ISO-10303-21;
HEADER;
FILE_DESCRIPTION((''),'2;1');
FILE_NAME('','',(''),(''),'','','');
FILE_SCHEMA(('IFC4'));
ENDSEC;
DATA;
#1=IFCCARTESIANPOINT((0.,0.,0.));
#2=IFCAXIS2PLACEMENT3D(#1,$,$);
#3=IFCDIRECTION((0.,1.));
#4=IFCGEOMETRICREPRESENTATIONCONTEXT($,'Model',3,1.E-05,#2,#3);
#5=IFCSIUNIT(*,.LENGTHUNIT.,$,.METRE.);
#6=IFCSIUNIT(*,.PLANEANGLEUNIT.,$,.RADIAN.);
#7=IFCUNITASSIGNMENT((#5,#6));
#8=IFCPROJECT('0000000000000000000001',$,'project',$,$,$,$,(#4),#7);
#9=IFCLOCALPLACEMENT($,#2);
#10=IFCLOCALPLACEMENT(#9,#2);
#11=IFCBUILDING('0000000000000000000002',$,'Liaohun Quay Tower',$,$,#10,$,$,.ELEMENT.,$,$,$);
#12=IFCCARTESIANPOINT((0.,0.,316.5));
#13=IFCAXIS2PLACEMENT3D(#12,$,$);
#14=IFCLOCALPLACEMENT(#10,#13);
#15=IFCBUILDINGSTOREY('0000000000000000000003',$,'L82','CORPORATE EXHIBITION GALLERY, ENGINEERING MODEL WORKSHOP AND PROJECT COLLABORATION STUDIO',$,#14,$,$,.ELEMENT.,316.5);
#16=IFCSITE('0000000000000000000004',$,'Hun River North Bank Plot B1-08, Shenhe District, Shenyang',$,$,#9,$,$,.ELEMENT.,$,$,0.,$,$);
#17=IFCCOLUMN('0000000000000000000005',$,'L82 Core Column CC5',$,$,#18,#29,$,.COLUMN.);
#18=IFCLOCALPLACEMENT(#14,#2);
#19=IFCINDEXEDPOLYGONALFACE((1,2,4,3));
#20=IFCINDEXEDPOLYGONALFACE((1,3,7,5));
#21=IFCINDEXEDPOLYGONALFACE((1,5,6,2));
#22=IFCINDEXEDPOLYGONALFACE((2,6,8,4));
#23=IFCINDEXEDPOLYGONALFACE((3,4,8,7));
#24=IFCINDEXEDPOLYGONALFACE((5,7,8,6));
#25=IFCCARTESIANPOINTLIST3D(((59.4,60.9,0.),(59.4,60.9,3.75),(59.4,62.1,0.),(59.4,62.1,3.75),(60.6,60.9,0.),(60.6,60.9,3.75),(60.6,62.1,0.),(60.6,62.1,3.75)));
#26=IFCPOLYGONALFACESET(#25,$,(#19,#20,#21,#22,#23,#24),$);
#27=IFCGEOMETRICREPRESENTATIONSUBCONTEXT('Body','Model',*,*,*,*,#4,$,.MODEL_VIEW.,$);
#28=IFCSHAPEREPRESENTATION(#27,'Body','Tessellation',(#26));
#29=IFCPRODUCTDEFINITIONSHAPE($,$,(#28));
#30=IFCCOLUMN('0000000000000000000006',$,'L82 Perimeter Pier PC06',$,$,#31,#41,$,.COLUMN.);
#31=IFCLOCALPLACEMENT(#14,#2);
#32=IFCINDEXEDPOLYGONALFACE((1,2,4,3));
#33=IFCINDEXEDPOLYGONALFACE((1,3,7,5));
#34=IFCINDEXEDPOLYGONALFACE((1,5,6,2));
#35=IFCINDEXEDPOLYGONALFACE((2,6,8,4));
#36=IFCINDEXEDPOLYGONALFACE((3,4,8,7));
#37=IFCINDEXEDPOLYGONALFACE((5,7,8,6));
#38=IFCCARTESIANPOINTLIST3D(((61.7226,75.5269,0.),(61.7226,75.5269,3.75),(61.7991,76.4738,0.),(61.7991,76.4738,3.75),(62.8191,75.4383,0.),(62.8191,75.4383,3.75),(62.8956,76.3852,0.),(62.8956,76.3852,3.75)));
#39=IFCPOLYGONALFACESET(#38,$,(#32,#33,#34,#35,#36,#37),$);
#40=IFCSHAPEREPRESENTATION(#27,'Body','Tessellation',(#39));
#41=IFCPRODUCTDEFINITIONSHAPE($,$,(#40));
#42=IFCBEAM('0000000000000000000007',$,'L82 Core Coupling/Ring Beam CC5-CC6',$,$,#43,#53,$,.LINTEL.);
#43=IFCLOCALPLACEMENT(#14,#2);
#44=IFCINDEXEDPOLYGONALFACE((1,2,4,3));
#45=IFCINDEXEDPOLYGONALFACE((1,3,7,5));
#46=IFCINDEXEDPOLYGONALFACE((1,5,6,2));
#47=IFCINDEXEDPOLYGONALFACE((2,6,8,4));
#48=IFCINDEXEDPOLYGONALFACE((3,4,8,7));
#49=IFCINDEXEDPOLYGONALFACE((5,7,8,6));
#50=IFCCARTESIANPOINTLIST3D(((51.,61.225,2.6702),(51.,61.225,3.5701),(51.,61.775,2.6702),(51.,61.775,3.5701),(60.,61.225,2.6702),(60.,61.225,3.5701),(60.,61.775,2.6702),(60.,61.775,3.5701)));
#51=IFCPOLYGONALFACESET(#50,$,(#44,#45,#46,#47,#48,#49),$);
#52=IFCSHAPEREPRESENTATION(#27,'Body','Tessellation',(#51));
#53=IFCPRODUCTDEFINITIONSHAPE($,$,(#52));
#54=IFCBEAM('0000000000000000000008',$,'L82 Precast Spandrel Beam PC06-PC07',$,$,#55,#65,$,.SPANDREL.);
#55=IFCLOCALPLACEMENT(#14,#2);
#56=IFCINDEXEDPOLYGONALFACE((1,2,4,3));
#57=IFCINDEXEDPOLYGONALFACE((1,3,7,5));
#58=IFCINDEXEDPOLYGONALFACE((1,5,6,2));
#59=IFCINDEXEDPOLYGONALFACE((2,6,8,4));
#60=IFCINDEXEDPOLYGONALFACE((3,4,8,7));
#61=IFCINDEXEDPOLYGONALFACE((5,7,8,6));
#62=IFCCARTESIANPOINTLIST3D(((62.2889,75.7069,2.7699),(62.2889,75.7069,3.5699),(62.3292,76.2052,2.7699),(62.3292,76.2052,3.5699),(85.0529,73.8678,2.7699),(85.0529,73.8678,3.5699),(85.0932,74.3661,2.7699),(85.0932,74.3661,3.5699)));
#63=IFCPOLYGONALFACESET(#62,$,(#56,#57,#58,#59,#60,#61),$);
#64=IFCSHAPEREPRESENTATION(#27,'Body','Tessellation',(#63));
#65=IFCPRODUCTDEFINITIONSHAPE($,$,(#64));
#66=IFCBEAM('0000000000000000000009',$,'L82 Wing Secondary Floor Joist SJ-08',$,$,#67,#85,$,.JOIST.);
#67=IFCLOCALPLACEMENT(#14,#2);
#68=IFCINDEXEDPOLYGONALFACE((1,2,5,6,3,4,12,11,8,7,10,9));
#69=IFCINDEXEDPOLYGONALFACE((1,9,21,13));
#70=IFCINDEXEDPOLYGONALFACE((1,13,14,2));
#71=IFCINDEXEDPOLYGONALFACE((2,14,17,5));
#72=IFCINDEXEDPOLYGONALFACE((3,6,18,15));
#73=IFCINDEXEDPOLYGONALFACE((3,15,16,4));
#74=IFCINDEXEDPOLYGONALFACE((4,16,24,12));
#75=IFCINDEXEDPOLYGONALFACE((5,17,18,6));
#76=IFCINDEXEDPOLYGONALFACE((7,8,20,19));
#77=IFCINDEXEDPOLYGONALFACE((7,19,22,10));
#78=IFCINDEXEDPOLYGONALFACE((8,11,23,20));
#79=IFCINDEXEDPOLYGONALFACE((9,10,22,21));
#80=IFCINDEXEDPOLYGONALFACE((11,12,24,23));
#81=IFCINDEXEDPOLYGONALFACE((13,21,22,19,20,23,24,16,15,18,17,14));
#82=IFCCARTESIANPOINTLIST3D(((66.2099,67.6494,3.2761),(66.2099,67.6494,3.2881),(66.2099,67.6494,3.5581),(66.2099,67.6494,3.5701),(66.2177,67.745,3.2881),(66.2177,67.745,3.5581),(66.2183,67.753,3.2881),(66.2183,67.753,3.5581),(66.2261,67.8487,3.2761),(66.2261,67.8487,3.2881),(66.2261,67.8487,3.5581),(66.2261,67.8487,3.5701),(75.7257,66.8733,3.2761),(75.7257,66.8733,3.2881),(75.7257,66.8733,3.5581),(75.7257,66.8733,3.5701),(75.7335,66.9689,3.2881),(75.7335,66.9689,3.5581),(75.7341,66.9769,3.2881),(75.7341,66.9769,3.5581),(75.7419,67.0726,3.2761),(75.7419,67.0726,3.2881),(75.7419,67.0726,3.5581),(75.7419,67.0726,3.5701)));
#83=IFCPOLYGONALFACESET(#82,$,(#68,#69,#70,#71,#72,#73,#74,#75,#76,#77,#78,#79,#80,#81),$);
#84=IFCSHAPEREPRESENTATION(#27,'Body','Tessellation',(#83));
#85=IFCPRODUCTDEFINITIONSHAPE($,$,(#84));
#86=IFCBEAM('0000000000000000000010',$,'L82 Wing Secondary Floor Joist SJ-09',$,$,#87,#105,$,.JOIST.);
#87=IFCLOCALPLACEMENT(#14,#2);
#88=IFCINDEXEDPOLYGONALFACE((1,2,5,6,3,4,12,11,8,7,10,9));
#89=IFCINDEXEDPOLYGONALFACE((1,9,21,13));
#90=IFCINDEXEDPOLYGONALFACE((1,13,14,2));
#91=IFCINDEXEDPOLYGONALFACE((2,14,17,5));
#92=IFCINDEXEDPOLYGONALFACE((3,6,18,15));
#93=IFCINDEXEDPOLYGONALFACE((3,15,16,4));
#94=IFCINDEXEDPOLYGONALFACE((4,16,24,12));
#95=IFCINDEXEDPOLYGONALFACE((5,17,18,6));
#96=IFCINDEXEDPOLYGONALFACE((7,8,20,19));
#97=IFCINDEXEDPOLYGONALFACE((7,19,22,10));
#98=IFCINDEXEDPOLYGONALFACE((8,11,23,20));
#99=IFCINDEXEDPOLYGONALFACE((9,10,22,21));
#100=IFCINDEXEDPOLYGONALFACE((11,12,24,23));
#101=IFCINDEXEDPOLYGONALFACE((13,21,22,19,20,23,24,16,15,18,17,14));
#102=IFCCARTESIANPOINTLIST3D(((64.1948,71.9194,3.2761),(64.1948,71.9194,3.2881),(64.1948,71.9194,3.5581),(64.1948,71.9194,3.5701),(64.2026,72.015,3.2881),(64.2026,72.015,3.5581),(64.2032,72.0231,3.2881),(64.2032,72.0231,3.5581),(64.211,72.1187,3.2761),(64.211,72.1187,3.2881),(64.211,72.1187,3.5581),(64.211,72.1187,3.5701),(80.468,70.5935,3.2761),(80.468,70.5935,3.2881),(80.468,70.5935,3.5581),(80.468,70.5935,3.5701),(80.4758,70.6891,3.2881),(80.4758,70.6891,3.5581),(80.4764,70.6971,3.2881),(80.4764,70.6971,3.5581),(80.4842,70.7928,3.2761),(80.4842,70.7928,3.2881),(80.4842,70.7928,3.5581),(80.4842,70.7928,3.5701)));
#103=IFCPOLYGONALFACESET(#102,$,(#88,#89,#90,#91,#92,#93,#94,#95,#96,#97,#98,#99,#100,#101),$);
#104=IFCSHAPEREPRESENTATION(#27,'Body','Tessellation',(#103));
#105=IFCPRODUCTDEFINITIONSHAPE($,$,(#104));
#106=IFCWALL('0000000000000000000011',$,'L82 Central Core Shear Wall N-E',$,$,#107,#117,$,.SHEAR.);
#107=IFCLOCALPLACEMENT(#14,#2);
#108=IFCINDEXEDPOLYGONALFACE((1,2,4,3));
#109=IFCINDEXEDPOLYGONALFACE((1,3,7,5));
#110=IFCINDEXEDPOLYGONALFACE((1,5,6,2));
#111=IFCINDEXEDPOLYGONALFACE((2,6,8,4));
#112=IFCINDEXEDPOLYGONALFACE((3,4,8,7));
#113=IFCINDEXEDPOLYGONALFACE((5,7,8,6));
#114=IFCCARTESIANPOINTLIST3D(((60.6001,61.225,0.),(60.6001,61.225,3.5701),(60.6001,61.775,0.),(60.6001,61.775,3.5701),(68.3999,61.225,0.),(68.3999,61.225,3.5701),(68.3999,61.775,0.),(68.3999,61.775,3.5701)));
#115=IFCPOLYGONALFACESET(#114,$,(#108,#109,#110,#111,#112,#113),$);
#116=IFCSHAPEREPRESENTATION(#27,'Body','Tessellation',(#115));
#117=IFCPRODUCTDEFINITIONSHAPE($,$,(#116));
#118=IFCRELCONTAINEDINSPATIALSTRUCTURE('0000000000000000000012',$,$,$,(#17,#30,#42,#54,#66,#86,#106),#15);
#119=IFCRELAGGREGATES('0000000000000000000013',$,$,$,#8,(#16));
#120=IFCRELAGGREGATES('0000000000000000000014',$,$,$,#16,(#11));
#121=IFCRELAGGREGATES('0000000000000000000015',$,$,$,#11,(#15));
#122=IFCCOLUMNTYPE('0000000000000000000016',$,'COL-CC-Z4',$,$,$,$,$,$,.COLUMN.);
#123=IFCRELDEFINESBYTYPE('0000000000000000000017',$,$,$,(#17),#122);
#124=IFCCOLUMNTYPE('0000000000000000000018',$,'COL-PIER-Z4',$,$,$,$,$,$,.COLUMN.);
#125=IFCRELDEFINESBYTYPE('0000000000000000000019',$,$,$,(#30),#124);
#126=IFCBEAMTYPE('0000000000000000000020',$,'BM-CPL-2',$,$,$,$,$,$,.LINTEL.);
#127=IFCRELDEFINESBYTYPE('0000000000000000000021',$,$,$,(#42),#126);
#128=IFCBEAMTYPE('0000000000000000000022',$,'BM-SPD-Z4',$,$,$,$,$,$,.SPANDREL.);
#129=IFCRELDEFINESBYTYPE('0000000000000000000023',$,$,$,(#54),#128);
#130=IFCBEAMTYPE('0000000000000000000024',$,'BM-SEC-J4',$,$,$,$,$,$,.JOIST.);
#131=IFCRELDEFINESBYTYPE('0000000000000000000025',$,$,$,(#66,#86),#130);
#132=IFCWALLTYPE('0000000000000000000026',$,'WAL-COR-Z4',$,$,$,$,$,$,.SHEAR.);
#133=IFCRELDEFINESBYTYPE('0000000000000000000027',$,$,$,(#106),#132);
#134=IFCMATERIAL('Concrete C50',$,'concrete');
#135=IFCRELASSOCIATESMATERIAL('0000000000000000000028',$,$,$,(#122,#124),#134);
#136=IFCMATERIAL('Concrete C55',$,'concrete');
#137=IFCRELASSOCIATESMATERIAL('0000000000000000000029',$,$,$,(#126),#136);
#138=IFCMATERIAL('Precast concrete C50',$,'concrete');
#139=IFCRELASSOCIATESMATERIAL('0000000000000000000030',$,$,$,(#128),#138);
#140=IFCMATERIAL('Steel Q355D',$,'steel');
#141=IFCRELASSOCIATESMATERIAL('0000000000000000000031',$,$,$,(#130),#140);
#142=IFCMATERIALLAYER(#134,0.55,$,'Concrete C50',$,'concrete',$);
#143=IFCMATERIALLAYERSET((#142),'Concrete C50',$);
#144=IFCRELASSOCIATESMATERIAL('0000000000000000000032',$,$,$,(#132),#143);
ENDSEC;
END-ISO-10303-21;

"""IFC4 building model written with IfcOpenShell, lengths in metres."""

from ifc_helpers import new_model, si_unit, direction, frame, frame_2d, origin, origin_2d, place, context, subcontext, project, spatial, rectangle, i_section, extrude, source, transform, mapped, material, layer, layer_set, material_profile, profile_set, type_object, element, save


model = new_model("IFC4")

# Units and contexts
model_context = context("Model", 3, precision=1e-05, world=origin(), true_north=direction((0.0, 1.0)))
body_context = subcontext(model_context, "Body", "Model", "MODEL_VIEW")
ifc_project = project(units=[si_unit("LENGTHUNIT", "METRE"), si_unit("PLANEANGLEUNIT", "RADIAN")], contexts=[model_context])

# Site, building, storey
site_placement = place(None, origin())
site = spatial("IfcSite", under=ifc_project, at=site_placement, Name="Hun River North Bank Plot B1-08, Shenhe District, Shenyang", CompositionType="ELEMENT", RefElevation=0.0)
building_placement = place(site_placement, origin())
building = spatial("IfcBuilding", under=site, at=building_placement, Name="Liaohun Quay Tower", CompositionType="ELEMENT")
storey_placement = place(building_placement, frame((0.0, 0.0, 316.5)))
storey = spatial("IfcBuildingStorey", under=building, at=storey_placement, Name="L82", Description="CORPORATE EXHIBITION GALLERY, ENGINEERING MODEL WORKSHOP AND PROJECT COLLABORATION STUDIO", CompositionType="ELEMENT", Elevation=316.5)

# Columns
ifc_material_1 = material(Name="Concrete C50", Category="concrete")
ifc_material_profile_1 = material_profile(ifc_material_1, rectangle(XDim=1.2, YDim=1.2, at=origin_2d()), Name="RC1200x1200")
ifc_profile_set_1 = profile_set([ifc_material_profile_1], Name="Concrete C50")
column_type_1 = type_object("IfcColumnType", Name="COL-CC-Z4", PredefinedType="COLUMN", material=ifc_profile_set_1)
shared_shape_1 = source(origin(), body_context, "Body", "SweptSolid", [
    extrude(rectangle(XDim=1.2, YDim=1.2, at=origin_2d()), origin(), (0.0, 0.0, 1.0), 3.75),
])
column_1_placement = place(storey_placement, frame((60.0, 61.5, 0.0), z_axis=(0.0, 0.0, 1.0), x_axis=(1.0, 0.0, 0.0)))
element("IfcColumn", 1, at=column_1_placement, inside=storey, type_object=column_type_1, Name="L82 Core Column CC5", PredefinedType="COLUMN", context=body_context, shape_type="MappedRepresentation", body=[
    mapped(shared_shape_1, transform((0.0, 0.0, 0.0), x_axis=(1.0, 0.0, 0.0), y_axis=(0.0, 1.0, 0.0), z_axis=(0.0, 0.0, 1.0), scale=1.0)),
])
ifc_material_profile_2 = material_profile(ifc_material_1, rectangle(XDim=1.1001, YDim=0.95, at=origin_2d()), Name="RC1100x950")
ifc_profile_set_2 = profile_set([ifc_material_profile_2], Name="Concrete C50")
column_type_2 = type_object("IfcColumnType", Name="COL-PIER-Z4", PredefinedType="COLUMN", material=ifc_profile_set_2)
shared_shape_2 = source(origin(), body_context, "Body", "SweptSolid", [
    extrude(rectangle(XDim=1.1001, YDim=0.95, at=origin_2d()), origin(), (0.0, 0.0, 1.0), 3.75),
])
column_2_placement = place(storey_placement, frame((62.3091, 75.9561, 0.0), z_axis=(0.0, 0.0, 1.0), x_axis=(-0.996751, 0.080547, 0.0)))
element("IfcColumn", 2, at=column_2_placement, inside=storey, type_object=column_type_2, Name="L82 Perimeter Pier PC06", PredefinedType="COLUMN", context=body_context, shape_type="MappedRepresentation", body=[
    mapped(shared_shape_2, transform((0.0, 0.0, 0.0), x_axis=(1.0, 0.0, 0.0), y_axis=(0.0, 1.0, 0.0), z_axis=(0.0, 0.0, 1.0), scale=1.0)),
])

# Beams
ifc_material_2 = material(Name="Concrete C55", Category="concrete")
ifc_material_profile_3 = material_profile(ifc_material_2, rectangle(XDim=0.55, YDim=0.8999, at=origin_2d()), Name="RC550x900")
ifc_profile_set_3 = profile_set([ifc_material_profile_3], Name="Concrete C55")
beam_type_1 = type_object("IfcBeamType", Name="BM-CPL-2", PredefinedType="LINTEL", material=ifc_profile_set_3)
shared_shape_3 = source(origin(), body_context, "Body", "SweptSolid", [
    extrude(rectangle(XDim=0.55, YDim=0.8999, at=origin_2d()), origin(), (0.0, 0.0, 1.0), 9.0),
])
beam_1_placement = place(storey_placement, frame((60.0, 61.5, 3.1201), z_axis=(-1.0, 0.0, 0.0), x_axis=(0.0, -1.0, 0.0)))
element("IfcBeam", 3, at=beam_1_placement, inside=storey, type_object=beam_type_1, Name="L82 Core Coupling/Ring Beam CC5-CC6", PredefinedType="LINTEL", context=body_context, shape_type="MappedRepresentation", body=[
    mapped(shared_shape_3, transform((0.0, 0.0, 0.0), x_axis=(1.0, 0.0, 0.0), y_axis=(0.0, 1.0, 0.0), z_axis=(0.0, 0.0, 1.0), scale=1.0)),
])
ifc_material_3 = material(Name="Precast concrete C50", Category="concrete")
ifc_material_profile_4 = material_profile(ifc_material_3, rectangle(XDim=0.5, YDim=0.8, at=origin_2d()), Name="RC500x800")
ifc_profile_set_4 = profile_set([ifc_material_profile_4], Name="Precast concrete C50")
beam_type_2 = type_object("IfcBeamType", Name="BM-SPD-Z4", PredefinedType="SPANDREL", material=ifc_profile_set_4)
shared_shape_4 = source(origin(), body_context, "Body", "SweptSolid", [
    extrude(rectangle(XDim=0.5, YDim=0.8, at=origin_2d()), origin(), (0.0, 0.0, 1.0), 22.8381),
])
beam_2_placement = place(storey_placement, frame((62.3091, 75.9561, 3.1699), z_axis=(0.996752, -0.080528, 0.0), x_axis=(0.080528, 0.996752, 0.0)))
element("IfcBeam", 4, at=beam_2_placement, inside=storey, type_object=beam_type_2, Name="L82 Precast Spandrel Beam PC06-PC07", PredefinedType="SPANDREL", context=body_context, shape_type="MappedRepresentation", body=[
    mapped(shared_shape_4, transform((0.0, 0.0, 0.0), x_axis=(1.0, 0.0, 0.0), y_axis=(0.0, 1.0, 0.0), z_axis=(0.0, 0.0, 1.0), scale=1.0)),
])
ifc_material_4 = material(Name="Steel Q355D", Category="steel")
ifc_material_profile_5 = material_profile(ifc_material_4, i_section(OverallWidth=0.2, OverallDepth=0.2939, WebThickness=0.0081, FlangeThickness=0.012, at=origin_2d()), Name="HM294x200x8x12")
ifc_profile_set_5 = profile_set([ifc_material_profile_5], Name="Steel Q355D")
beam_type_3 = type_object("IfcBeamType", Name="BM-SEC-J4", PredefinedType="JOIST", material=ifc_profile_set_5)
shared_shape_5 = source(origin(), body_context, "Body", "SweptSolid", [
    extrude(i_section(OverallWidth=0.2, OverallDepth=0.2939, WebThickness=0.0081, FlangeThickness=0.012, at=origin_2d()), origin(), (0.0, 0.0, 1.0), 9.5474),
])
beam_3_placement = place(storey_placement, frame((66.218, 67.749, 3.4231), z_axis=(0.99669, -0.081291, 0.0), x_axis=(0.081291, 0.99669, 0.0)))
element("IfcBeam", 5, at=beam_3_placement, inside=storey, type_object=beam_type_3, Name="L82 Wing Secondary Floor Joist SJ-08", PredefinedType="JOIST", context=body_context, shape_type="MappedRepresentation", body=[
    mapped(shared_shape_5, transform((0.0, 0.0, 0.0), x_axis=(1.0, 0.0, 0.0), y_axis=(0.0, 1.0, 0.0), z_axis=(0.0, 0.0, 1.0), scale=1.0)),
])
shared_shape_6 = source(origin(), body_context, "Body", "SweptSolid", [
    extrude(i_section(OverallWidth=0.2, OverallDepth=0.2939, WebThickness=0.0081, FlangeThickness=0.012, at=origin_2d()), origin(), (0.0, 0.0, 1.0), 16.3271),
])
beam_4_placement = place(storey_placement, frame((64.2029, 72.019, 3.4231), z_axis=(0.996697, -0.08121, 0.0), x_axis=(0.08121, 0.996697, 0.0)))
element("IfcBeam", 6, at=beam_4_placement, inside=storey, type_object=beam_type_3, Name="L82 Wing Secondary Floor Joist SJ-09", PredefinedType="JOIST", context=body_context, shape_type="MappedRepresentation", body=[
    mapped(shared_shape_6, transform((0.0, 0.0, 0.0), x_axis=(1.0, 0.0, 0.0), y_axis=(0.0, 1.0, 0.0), z_axis=(0.0, 0.0, 1.0), scale=1.0)),
])

# Wall
ifc_layer_1 = layer(ifc_material_1, 0.55, Name="Concrete C50", Category="concrete")
ifc_layer_set_1 = layer_set([ifc_layer_1], Name="Concrete C50")
wall_type_1 = type_object("IfcWallType", Name="WAL-COR-Z4", PredefinedType="SHEAR", material=ifc_layer_set_1)
wall_1_placement = place(storey_placement, frame((60.6001, 61.5, 0.0), z_axis=(0.0, 0.0, 1.0), x_axis=(1.0, 0.0, 0.0)))
element("IfcWall", 7, at=wall_1_placement, inside=storey, type_object=wall_type_1, Name="L82 Central Core Shear Wall N-E", PredefinedType="SHEAR", context=body_context, shape_type="SweptSolid", body=[
    extrude(rectangle(XDim=7.7998, YDim=0.55, at=frame_2d((3.8999, 0.0))), origin(), (0.0, 0.0, 1.0), 3.5701),
])

save(model, "model.ifc")
